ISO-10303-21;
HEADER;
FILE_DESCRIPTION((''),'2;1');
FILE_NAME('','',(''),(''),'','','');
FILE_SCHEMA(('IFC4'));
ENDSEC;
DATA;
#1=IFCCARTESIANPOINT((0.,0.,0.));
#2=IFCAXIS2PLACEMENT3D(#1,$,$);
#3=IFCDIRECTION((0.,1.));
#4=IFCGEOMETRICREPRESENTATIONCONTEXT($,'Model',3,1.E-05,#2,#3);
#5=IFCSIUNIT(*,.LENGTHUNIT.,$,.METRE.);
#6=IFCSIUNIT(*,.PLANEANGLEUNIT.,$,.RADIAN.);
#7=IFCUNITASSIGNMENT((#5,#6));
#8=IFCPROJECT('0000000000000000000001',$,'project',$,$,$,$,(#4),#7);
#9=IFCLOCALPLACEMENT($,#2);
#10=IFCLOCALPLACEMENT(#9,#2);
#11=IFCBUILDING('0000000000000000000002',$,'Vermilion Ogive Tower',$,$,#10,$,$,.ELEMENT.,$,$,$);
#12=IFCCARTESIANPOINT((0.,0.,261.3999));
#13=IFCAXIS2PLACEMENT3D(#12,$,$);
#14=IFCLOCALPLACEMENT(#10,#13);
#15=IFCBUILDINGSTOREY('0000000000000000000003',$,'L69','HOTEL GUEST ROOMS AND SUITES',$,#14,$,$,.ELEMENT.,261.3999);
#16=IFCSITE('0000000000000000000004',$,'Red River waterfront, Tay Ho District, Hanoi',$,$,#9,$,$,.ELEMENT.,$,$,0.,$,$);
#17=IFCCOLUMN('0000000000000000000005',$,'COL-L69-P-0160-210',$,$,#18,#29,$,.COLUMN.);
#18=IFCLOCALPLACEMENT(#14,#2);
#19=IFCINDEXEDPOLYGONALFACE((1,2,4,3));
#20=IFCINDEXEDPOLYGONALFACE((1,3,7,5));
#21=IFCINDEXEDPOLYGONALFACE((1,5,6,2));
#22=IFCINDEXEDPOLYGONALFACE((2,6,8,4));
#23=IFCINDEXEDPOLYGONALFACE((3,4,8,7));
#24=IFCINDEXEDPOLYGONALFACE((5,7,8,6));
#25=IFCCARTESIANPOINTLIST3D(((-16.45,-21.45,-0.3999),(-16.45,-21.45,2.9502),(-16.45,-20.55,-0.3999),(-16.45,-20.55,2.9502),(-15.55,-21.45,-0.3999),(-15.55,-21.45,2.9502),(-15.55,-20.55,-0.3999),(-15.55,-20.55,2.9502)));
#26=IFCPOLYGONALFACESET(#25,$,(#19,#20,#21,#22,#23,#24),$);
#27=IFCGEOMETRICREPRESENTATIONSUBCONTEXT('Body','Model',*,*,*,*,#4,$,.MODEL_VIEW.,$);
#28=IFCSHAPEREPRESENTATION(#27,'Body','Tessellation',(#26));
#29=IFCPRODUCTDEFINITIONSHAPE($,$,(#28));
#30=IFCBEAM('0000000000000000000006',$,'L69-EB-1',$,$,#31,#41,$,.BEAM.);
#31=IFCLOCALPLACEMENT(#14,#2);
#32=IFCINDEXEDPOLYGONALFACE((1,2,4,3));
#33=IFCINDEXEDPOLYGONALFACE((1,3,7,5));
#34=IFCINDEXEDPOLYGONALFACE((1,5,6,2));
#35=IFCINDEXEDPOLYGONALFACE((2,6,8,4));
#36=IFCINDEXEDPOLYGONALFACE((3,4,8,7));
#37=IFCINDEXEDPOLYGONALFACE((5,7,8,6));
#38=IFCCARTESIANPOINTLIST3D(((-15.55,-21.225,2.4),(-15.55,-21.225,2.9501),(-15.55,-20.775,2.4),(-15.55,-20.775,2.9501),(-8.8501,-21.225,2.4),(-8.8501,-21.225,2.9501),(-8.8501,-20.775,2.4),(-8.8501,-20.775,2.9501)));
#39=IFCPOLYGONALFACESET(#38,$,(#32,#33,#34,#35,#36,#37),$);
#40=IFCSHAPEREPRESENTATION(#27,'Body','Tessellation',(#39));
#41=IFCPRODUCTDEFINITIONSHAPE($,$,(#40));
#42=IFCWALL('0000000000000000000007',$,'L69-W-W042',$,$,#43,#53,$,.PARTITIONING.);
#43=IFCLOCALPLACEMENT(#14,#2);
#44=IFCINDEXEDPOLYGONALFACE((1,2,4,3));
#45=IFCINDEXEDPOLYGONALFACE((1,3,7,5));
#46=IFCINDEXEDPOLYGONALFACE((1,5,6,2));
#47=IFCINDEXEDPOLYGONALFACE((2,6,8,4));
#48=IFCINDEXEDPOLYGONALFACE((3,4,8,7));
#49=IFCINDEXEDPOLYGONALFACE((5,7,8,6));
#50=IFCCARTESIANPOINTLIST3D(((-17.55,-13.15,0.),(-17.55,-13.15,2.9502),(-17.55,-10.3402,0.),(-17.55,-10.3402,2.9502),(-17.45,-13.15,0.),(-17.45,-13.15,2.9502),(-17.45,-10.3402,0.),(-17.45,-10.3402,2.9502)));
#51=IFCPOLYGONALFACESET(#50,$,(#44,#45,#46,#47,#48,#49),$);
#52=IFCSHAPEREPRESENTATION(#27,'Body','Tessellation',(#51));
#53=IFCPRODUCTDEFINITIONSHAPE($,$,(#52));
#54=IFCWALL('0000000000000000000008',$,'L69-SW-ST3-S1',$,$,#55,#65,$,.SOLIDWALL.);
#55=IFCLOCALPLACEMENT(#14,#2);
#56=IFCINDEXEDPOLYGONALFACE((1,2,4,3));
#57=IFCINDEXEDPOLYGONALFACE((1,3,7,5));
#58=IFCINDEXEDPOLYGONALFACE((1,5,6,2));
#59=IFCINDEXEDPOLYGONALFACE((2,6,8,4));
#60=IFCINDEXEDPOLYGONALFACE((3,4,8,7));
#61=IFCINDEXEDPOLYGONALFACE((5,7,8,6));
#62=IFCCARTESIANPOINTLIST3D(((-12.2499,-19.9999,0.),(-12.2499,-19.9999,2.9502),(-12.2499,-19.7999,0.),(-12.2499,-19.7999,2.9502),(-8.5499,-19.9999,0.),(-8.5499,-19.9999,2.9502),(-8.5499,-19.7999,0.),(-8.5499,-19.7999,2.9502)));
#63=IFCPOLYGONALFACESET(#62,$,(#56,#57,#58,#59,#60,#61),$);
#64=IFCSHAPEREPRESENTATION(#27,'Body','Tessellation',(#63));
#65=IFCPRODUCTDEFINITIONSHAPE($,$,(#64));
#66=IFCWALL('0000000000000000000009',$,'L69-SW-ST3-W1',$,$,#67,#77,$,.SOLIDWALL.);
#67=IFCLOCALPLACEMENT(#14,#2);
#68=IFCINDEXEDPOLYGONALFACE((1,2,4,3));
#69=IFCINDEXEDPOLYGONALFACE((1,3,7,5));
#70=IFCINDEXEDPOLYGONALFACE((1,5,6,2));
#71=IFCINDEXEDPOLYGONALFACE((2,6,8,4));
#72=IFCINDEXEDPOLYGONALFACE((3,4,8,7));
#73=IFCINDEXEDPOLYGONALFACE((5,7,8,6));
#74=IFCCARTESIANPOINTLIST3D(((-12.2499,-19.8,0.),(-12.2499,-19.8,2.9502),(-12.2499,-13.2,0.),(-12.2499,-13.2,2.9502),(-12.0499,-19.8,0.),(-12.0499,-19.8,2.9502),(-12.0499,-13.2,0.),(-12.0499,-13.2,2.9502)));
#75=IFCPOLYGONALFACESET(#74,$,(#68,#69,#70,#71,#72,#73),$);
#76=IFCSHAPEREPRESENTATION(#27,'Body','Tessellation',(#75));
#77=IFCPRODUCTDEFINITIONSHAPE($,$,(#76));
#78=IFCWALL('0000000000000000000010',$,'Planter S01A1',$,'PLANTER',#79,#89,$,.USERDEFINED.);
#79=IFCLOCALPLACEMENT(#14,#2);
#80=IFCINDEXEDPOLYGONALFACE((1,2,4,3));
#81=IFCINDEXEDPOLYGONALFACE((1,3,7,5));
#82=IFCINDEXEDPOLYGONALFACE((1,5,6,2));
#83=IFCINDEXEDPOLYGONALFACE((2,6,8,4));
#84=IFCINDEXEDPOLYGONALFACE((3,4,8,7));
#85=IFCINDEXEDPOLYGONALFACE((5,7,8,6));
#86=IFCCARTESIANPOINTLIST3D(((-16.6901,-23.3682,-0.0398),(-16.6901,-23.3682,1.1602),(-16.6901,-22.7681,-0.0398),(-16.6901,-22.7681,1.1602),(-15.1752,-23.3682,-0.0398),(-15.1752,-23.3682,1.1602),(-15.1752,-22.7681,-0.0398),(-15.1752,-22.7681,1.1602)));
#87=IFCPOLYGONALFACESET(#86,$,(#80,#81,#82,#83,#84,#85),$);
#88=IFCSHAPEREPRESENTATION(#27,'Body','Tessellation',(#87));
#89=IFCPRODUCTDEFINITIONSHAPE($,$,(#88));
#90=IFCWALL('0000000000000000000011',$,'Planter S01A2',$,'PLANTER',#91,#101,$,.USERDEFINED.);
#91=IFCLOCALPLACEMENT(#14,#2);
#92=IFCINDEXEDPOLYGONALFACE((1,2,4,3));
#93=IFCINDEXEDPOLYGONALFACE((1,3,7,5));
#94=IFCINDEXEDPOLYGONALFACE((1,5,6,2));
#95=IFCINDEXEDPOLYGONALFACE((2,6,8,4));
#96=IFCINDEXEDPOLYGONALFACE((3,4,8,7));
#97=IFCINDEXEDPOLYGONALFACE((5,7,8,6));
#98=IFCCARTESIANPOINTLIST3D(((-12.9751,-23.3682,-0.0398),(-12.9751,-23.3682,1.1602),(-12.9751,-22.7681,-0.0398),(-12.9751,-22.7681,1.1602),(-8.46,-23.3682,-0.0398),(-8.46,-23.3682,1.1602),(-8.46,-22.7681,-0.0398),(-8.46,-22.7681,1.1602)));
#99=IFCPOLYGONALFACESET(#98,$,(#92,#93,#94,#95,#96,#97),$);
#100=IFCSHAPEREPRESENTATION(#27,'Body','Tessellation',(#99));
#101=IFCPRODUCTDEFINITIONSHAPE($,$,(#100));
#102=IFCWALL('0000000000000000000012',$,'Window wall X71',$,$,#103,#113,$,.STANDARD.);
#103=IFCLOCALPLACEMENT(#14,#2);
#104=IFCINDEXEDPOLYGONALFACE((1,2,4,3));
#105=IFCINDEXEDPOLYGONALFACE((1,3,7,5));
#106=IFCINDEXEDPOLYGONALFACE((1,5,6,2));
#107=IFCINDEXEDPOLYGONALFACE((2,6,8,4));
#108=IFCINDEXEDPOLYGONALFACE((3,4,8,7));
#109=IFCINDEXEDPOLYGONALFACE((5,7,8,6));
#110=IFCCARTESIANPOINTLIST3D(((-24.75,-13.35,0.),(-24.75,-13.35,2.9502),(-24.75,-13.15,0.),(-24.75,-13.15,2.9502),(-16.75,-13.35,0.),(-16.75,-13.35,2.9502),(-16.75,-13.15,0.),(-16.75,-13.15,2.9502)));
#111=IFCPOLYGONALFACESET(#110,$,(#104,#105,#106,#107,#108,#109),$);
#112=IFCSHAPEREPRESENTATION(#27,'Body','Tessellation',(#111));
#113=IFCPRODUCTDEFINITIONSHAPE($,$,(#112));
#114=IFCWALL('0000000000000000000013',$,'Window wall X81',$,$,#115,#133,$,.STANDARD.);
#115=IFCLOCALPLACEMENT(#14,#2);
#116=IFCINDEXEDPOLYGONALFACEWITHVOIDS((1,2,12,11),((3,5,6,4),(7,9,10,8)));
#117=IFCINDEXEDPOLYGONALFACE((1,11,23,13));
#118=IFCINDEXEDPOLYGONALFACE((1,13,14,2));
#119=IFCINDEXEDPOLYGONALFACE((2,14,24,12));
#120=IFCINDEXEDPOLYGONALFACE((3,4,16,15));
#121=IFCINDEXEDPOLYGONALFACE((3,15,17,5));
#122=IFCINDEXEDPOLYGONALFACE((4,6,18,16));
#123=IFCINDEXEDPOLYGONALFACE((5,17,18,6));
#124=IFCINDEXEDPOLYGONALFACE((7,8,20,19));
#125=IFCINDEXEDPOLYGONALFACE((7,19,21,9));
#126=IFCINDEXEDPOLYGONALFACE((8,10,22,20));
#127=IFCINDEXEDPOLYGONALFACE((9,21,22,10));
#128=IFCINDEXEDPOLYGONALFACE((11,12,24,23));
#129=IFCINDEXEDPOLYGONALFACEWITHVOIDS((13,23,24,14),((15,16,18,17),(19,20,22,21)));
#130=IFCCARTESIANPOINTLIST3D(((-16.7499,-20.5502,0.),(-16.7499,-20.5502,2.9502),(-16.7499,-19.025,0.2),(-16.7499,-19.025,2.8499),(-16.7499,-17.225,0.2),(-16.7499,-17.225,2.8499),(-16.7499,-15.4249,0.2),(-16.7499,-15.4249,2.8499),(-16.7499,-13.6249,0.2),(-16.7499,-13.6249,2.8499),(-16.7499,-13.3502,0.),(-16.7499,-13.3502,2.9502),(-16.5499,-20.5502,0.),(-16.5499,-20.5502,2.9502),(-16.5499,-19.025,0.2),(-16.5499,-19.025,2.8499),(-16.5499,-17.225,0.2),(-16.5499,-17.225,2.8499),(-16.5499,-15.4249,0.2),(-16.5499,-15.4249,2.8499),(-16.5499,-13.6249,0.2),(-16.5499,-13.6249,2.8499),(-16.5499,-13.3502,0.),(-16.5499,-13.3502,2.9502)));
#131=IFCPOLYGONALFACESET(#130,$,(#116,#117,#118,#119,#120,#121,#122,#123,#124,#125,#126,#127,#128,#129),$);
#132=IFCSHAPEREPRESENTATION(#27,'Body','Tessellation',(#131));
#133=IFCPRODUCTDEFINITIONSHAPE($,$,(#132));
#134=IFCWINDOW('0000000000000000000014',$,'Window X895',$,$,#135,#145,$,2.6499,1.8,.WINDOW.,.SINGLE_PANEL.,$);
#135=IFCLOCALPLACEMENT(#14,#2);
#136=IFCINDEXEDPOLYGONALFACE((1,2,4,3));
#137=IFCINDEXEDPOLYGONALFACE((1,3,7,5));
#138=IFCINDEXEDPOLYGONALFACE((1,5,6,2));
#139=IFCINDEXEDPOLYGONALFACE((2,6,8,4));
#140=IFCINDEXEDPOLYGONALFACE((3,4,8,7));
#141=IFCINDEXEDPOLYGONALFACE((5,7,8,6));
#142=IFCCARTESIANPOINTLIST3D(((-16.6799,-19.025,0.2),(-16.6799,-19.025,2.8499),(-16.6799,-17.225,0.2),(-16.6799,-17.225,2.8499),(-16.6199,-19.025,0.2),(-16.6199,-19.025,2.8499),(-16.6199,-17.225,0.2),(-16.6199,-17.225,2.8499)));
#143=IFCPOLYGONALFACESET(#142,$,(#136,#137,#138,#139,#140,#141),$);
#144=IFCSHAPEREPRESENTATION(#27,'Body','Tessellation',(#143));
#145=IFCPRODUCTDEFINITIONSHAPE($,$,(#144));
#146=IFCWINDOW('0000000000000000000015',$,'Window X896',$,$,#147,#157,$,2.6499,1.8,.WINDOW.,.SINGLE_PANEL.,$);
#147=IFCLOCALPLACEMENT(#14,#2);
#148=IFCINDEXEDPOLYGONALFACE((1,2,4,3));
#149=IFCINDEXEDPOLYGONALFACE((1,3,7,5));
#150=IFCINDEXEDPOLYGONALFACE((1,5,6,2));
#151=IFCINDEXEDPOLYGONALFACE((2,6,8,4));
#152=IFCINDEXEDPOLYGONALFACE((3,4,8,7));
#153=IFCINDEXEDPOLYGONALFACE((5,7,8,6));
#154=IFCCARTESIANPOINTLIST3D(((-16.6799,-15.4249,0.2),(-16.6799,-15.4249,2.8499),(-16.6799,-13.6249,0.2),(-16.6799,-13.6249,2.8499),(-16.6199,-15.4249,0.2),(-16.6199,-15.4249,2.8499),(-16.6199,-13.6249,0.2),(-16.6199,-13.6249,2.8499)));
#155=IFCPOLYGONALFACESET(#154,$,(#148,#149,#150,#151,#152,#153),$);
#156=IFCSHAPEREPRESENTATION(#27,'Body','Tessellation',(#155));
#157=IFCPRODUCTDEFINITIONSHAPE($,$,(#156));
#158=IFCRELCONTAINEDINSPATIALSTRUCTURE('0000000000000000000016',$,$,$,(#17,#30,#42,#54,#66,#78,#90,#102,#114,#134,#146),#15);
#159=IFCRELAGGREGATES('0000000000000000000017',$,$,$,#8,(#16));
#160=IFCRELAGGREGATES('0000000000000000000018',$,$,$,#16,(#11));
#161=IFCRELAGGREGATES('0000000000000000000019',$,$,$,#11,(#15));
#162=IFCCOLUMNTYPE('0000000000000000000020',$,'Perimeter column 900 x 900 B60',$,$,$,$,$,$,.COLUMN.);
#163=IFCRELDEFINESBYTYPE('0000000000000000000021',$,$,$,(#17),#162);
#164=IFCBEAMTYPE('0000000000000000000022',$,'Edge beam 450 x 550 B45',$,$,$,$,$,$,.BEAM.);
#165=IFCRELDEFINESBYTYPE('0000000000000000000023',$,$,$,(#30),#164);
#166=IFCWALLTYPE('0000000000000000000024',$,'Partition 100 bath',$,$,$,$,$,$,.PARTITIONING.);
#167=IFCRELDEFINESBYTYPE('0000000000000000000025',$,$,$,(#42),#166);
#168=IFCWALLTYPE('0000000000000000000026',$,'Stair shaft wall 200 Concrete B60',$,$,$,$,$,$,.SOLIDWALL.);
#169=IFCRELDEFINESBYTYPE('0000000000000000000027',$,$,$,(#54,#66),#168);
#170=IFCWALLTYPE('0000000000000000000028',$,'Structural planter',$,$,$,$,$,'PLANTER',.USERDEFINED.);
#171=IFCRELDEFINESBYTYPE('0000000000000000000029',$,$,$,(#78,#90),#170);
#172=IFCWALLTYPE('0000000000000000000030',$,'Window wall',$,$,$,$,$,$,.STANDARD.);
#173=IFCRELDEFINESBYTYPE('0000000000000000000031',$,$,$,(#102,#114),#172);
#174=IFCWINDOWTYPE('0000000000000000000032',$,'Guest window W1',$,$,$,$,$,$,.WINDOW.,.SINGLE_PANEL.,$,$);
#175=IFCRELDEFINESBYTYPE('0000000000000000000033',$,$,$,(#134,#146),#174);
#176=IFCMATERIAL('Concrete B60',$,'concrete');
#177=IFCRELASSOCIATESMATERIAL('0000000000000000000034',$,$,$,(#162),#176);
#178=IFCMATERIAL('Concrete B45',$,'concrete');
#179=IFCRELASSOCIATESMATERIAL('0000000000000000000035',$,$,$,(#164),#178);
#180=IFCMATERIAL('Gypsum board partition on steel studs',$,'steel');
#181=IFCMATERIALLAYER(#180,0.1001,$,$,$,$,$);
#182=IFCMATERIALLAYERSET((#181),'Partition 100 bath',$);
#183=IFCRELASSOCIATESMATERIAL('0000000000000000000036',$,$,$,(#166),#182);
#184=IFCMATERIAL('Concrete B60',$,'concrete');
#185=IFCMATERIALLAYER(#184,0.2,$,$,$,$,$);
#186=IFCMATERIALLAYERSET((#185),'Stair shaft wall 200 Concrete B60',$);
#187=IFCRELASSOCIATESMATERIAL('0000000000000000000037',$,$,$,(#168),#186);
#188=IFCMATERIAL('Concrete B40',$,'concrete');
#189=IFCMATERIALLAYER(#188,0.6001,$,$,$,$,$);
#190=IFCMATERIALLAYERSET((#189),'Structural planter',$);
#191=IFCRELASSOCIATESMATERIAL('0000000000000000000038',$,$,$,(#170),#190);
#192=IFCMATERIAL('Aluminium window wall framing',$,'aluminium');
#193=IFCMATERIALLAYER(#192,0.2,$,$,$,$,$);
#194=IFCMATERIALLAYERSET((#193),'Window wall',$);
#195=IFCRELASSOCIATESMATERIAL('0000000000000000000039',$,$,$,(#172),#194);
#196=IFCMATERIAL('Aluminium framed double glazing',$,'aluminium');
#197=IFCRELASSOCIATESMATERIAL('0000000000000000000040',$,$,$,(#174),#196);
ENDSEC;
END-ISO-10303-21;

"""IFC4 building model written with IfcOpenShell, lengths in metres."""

from ifc_helpers import new_model, si_unit, direction, frame, frame_2d, origin, origin_2d, place, context, subcontext, project, spatial, rectangle, extrude, material, layer, layer_set, material_profile, profile_set, type_object, element, fill, save


model = new_model("IFC4")

# Units and contexts
model_context = context("Model", 3, precision=1e-05, world=origin(), true_north=direction((0.0, 1.0)))
body_context = subcontext(model_context, "Body", "Model", "MODEL_VIEW")
ifc_project = project(units=[si_unit("LENGTHUNIT", "METRE"), si_unit("PLANEANGLEUNIT", "RADIAN")], contexts=[model_context])

# Site, building, storey
site_placement = place(None, origin())
site = spatial("IfcSite", under=ifc_project, at=site_placement, Name="Red River waterfront, Tay Ho District, Hanoi", CompositionType="ELEMENT", RefElevation=0.0)
building_placement = place(site_placement, origin())
building = spatial("IfcBuilding", under=site, at=building_placement, Name="Vermilion Ogive Tower", CompositionType="ELEMENT")
storey_placement = place(building_placement, frame((0.0, 0.0, 261.3999)))
storey = spatial("IfcBuildingStorey", under=building, at=storey_placement, Name="L69", Description="HOTEL GUEST ROOMS AND SUITES", CompositionType="ELEMENT", Elevation=261.3999)

# Column
ifc_material_1 = material(Name="Concrete B60", Category="concrete")
ifc_material_profile_1 = material_profile(ifc_material_1, rectangle(XDim=0.8999, YDim=0.8999, at=origin_2d()), Name="900 x 900")
ifc_profile_set_1 = profile_set([ifc_material_profile_1], Name="Concrete B60")
column_type = type_object("IfcColumnType", Name="Perimeter column 900 x 900 B60", PredefinedType="COLUMN", material=ifc_profile_set_1)
column_placement = place(storey_placement, frame((-16.0, -21.0, -0.3999), z_axis=(0.0, 0.0, 1.0), x_axis=(1.0, 0.0, 0.0)))
element("IfcColumn", 1, at=column_placement, inside=storey, type_object=column_type, Name="COL-L69-P-0160-210", PredefinedType="COLUMN", context=body_context, shape_type="SweptSolid", body=[
    extrude(rectangle(XDim=0.8999, YDim=0.8999, at=origin_2d()), origin(), (0.0, 0.0, 1.0), 3.3501),
])

# Beam
ifc_material_2 = material(Name="Concrete B45", Category="concrete")
ifc_material_profile_2 = material_profile(ifc_material_2, rectangle(XDim=0.45, YDim=0.55, at=origin_2d()), Name="450 x 550")
ifc_profile_set_2 = profile_set([ifc_material_profile_2], Name="Concrete B45")
beam_type = type_object("IfcBeamType", Name="Edge beam 450 x 550 B45", PredefinedType="BEAM", material=ifc_profile_set_2)
beam_placement = place(storey_placement, frame((-15.55, -21.0, 2.675), z_axis=(1.0, 0.0, 0.0), x_axis=(0.0, 1.0, 0.0)))
element("IfcBeam", 2, at=beam_placement, inside=storey, type_object=beam_type, Name="L69-EB-1", PredefinedType="BEAM", context=body_context, shape_type="SweptSolid", body=[
    extrude(rectangle(XDim=0.45, YDim=0.55, at=origin_2d()), origin(), (0.0, 0.0, 1.0), 6.7),
])

# Walls
ifc_material_3 = material(Name="Gypsum board partition on steel studs", Category="steel")
ifc_layer_1 = layer(ifc_material_3, 0.1001)
ifc_layer_set_1 = layer_set([ifc_layer_1], Name="Partition 100 bath")
wall_type_1 = type_object("IfcWallType", Name="Partition 100 bath", PredefinedType="PARTITIONING", material=ifc_layer_set_1)
wall_1_placement = place(storey_placement, frame((-17.5, -13.1499, 0.0), z_axis=(0.0, 0.0, 1.0), x_axis=(0.0, 1.0, 0.0)))
element("IfcWall", 3, at=wall_1_placement, inside=storey, type_object=wall_type_1, Name="L69-W-W042", PredefinedType="PARTITIONING", context=body_context, shape_type="SweptSolid", body=[
    extrude(rectangle(XDim=2.8098, YDim=0.1001, at=frame_2d((1.4048, 0.0))), origin(), (0.0, 0.0, 1.0), 2.9502),
])
ifc_material_4 = material(Name="Concrete B60", Category="concrete")
ifc_layer_2 = layer(ifc_material_4, 0.2)
ifc_layer_set_2 = layer_set([ifc_layer_2], Name="Stair shaft wall 200 Concrete B60")
wall_type_2 = type_object("IfcWallType", Name="Stair shaft wall 200 Concrete B60", PredefinedType="SOLIDWALL", material=ifc_layer_set_2)
wall_2_placement = place(storey_placement, frame((-12.25, -19.8999, 0.0), z_axis=(0.0, 0.0, 1.0), x_axis=(1.0, 0.0, 0.0)))
element("IfcWall", 4, at=wall_2_placement, inside=storey, type_object=wall_type_2, Name="L69-SW-ST3-S1", PredefinedType="SOLIDWALL", context=body_context, shape_type="SweptSolid", body=[
    extrude(rectangle(XDim=3.7, YDim=0.2, at=frame_2d((1.8501, 0.0))), origin(), (0.0, 0.0, 1.0), 2.9502),
])
wall_3_placement = place(storey_placement, frame((-12.1499, -19.8, 0.0), z_axis=(0.0, 0.0, 1.0), x_axis=(0.0, 1.0, 0.0)))
element("IfcWall", 5, at=wall_3_placement, inside=storey, type_object=wall_type_2, Name="L69-SW-ST3-W1", PredefinedType="SOLIDWALL", context=body_context, shape_type="SweptSolid", body=[
    extrude(rectangle(XDim=6.6001, YDim=0.2, at=frame_2d((3.3, 0.0))), origin(), (0.0, 0.0, 1.0), 2.9502),
])
ifc_material_5 = material(Name="Concrete B40", Category="concrete")
ifc_layer_3 = layer(ifc_material_5, 0.6001)
ifc_layer_set_3 = layer_set([ifc_layer_3], Name="Structural planter")
wall_type_3 = type_object("IfcWallType", Name="Structural planter", ElementType="PLANTER", PredefinedType="USERDEFINED", material=ifc_layer_set_3)
wall_4_placement = place(storey_placement, frame((-16.6899, -23.0681, -0.0398), z_axis=(0.0, 0.0, 1.0), x_axis=(1.0, 0.0, 0.0)))
element("IfcWall", 6, at=wall_4_placement, inside=storey, type_object=wall_type_3, Name="Planter S01A1", ObjectType="PLANTER", PredefinedType="USERDEFINED", context=body_context, shape_type="SweptSolid", body=[
    extrude(rectangle(XDim=1.5149, YDim=0.6001, at=frame_2d((0.7573, 0.0))), origin(), (0.0, 0.0, 1.0), 1.2),
])
wall_5_placement = place(storey_placement, frame((-12.9751, -23.0681, -0.0398), z_axis=(0.0, 0.0, 1.0), x_axis=(1.0, 0.0, 0.0)))
element("IfcWall", 7, at=wall_5_placement, inside=storey, type_object=wall_type_3, Name="Planter S01A2", ObjectType="PLANTER", PredefinedType="USERDEFINED", context=body_context, shape_type="SweptSolid", body=[
    extrude(rectangle(XDim=4.5151, YDim=0.6001, at=frame_2d((2.2576, 0.0))), origin(), (0.0, 0.0, 1.0), 1.2),
])

# Shared definitions
ifc_material_6 = material(Name="Aluminium window wall framing", Category="aluminium")
ifc_layer_4 = layer(ifc_material_6, 0.2)
ifc_layer_set_4 = layer_set([ifc_layer_4], Name="Window wall")
wall_type_4 = type_object("IfcWallType", Name="Window wall", PredefinedType="STANDARD", material=ifc_layer_set_4)

# Wall
wall_6_placement = place(storey_placement, frame((-24.75, -13.25, 0.0), z_axis=(0.0, 0.0, 1.0), x_axis=(1.0, 0.0, 0.0)))
element("IfcWall", 8, at=wall_6_placement, inside=storey, type_object=wall_type_4, Name="Window wall X71", PredefinedType="STANDARD", context=body_context, shape_type="SweptSolid", body=[
    extrude(rectangle(XDim=8.0, YDim=0.2, at=frame_2d((4.0, 0.0))), origin(), (0.0, 0.0, 1.0), 2.9502),
])

# Wall, openings, windows
wall_7_placement = place(storey_placement, frame((-16.6499, -13.3501, 0.0), z_axis=(0.0, 0.0, 1.0), x_axis=(0.0, -1.0, 0.0)))
wall_7 = element("IfcWall", 9, at=wall_7_placement, inside=storey, type_object=wall_type_4, Name="Window wall X81", PredefinedType="STANDARD", context=body_context, shape_type="SweptSolid", body=[
    extrude(rectangle(XDim=7.2, YDim=0.2, at=frame_2d((3.6001, 0.0))), origin(), (0.0, 0.0, 1.0), 2.9502),
])
opening_1_placement = place(wall_7_placement, frame((3.875, 0.0, 0.2)))
opening_1 = element("IfcOpeningElement", 10, at=opening_1_placement, cuts=wall_7, PredefinedType="OPENING", context=body_context, shape_type="SweptSolid", body=[
    extrude(rectangle(XDim=1.8, YDim=2.6499, at=frame_2d((0.8999, 1.325))), frame((0.0, 0.1099, 0.0), z_axis=(0.0, -1.0, 0.0), x_axis=(1.0, 0.0, 0.0)), (0.0, 0.0, 1.0), 0.22),
])
opening_2_placement = place(wall_7_placement, frame((0.2749, 0.0, 0.2)))
opening_2 = element("IfcOpeningElement", 11, at=opening_2_placement, cuts=wall_7, PredefinedType="OPENING", context=body_context, shape_type="SweptSolid", body=[
    extrude(rectangle(XDim=1.8, YDim=2.6499, at=frame_2d((0.8999, 1.325))), frame((0.0, 0.1099, 0.0), z_axis=(0.0, -1.0, 0.0), x_axis=(1.0, 0.0, 0.0)), (0.0, 0.0, 1.0), 0.22),
])
ifc_material_7 = material(Name="Aluminium framed double glazing", Category="aluminium")
window_type = type_object("IfcWindowType", Name="Guest window W1", PartitioningType="SINGLE_PANEL", PredefinedType="WINDOW", material=ifc_material_7)
window_1_placement = place(opening_1_placement, origin())
window_1 = element("IfcWindow", 12, at=window_1_placement, inside=storey, type_object=window_type, Name="Window X895", OverallHeight=2.6499, OverallWidth=1.8, PartitioningType="SINGLE_PANEL", PredefinedType="WINDOW", context=body_context, shape_type="SweptSolid", body=[
    extrude(rectangle(XDim=1.8, YDim=2.6499, at=frame_2d((0.8999, 1.325))), frame((0.0, 0.03, 0.0), z_axis=(0.0, -1.0, 0.0), x_axis=(1.0, 0.0, 0.0)), (0.0, 0.0, 1.0), 0.0601),
])
fill(opening_1, window_1)
window_2_placement = place(opening_2_placement, origin())
window_2 = element("IfcWindow", 13, at=window_2_placement, inside=storey, type_object=window_type, Name="Window X896", OverallHeight=2.6499, OverallWidth=1.8, PartitioningType="SINGLE_PANEL", PredefinedType="WINDOW", context=body_context, shape_type="SweptSolid", body=[
    extrude(rectangle(XDim=1.8, YDim=2.6499, at=frame_2d((0.8999, 1.325))), frame((0.0, 0.03, 0.0), z_axis=(0.0, -1.0, 0.0), x_axis=(1.0, 0.0, 0.0)), (0.0, 0.0, 1.0), 0.0601),
])
fill(opening_2, window_2)

save(model, "model.ifc")
